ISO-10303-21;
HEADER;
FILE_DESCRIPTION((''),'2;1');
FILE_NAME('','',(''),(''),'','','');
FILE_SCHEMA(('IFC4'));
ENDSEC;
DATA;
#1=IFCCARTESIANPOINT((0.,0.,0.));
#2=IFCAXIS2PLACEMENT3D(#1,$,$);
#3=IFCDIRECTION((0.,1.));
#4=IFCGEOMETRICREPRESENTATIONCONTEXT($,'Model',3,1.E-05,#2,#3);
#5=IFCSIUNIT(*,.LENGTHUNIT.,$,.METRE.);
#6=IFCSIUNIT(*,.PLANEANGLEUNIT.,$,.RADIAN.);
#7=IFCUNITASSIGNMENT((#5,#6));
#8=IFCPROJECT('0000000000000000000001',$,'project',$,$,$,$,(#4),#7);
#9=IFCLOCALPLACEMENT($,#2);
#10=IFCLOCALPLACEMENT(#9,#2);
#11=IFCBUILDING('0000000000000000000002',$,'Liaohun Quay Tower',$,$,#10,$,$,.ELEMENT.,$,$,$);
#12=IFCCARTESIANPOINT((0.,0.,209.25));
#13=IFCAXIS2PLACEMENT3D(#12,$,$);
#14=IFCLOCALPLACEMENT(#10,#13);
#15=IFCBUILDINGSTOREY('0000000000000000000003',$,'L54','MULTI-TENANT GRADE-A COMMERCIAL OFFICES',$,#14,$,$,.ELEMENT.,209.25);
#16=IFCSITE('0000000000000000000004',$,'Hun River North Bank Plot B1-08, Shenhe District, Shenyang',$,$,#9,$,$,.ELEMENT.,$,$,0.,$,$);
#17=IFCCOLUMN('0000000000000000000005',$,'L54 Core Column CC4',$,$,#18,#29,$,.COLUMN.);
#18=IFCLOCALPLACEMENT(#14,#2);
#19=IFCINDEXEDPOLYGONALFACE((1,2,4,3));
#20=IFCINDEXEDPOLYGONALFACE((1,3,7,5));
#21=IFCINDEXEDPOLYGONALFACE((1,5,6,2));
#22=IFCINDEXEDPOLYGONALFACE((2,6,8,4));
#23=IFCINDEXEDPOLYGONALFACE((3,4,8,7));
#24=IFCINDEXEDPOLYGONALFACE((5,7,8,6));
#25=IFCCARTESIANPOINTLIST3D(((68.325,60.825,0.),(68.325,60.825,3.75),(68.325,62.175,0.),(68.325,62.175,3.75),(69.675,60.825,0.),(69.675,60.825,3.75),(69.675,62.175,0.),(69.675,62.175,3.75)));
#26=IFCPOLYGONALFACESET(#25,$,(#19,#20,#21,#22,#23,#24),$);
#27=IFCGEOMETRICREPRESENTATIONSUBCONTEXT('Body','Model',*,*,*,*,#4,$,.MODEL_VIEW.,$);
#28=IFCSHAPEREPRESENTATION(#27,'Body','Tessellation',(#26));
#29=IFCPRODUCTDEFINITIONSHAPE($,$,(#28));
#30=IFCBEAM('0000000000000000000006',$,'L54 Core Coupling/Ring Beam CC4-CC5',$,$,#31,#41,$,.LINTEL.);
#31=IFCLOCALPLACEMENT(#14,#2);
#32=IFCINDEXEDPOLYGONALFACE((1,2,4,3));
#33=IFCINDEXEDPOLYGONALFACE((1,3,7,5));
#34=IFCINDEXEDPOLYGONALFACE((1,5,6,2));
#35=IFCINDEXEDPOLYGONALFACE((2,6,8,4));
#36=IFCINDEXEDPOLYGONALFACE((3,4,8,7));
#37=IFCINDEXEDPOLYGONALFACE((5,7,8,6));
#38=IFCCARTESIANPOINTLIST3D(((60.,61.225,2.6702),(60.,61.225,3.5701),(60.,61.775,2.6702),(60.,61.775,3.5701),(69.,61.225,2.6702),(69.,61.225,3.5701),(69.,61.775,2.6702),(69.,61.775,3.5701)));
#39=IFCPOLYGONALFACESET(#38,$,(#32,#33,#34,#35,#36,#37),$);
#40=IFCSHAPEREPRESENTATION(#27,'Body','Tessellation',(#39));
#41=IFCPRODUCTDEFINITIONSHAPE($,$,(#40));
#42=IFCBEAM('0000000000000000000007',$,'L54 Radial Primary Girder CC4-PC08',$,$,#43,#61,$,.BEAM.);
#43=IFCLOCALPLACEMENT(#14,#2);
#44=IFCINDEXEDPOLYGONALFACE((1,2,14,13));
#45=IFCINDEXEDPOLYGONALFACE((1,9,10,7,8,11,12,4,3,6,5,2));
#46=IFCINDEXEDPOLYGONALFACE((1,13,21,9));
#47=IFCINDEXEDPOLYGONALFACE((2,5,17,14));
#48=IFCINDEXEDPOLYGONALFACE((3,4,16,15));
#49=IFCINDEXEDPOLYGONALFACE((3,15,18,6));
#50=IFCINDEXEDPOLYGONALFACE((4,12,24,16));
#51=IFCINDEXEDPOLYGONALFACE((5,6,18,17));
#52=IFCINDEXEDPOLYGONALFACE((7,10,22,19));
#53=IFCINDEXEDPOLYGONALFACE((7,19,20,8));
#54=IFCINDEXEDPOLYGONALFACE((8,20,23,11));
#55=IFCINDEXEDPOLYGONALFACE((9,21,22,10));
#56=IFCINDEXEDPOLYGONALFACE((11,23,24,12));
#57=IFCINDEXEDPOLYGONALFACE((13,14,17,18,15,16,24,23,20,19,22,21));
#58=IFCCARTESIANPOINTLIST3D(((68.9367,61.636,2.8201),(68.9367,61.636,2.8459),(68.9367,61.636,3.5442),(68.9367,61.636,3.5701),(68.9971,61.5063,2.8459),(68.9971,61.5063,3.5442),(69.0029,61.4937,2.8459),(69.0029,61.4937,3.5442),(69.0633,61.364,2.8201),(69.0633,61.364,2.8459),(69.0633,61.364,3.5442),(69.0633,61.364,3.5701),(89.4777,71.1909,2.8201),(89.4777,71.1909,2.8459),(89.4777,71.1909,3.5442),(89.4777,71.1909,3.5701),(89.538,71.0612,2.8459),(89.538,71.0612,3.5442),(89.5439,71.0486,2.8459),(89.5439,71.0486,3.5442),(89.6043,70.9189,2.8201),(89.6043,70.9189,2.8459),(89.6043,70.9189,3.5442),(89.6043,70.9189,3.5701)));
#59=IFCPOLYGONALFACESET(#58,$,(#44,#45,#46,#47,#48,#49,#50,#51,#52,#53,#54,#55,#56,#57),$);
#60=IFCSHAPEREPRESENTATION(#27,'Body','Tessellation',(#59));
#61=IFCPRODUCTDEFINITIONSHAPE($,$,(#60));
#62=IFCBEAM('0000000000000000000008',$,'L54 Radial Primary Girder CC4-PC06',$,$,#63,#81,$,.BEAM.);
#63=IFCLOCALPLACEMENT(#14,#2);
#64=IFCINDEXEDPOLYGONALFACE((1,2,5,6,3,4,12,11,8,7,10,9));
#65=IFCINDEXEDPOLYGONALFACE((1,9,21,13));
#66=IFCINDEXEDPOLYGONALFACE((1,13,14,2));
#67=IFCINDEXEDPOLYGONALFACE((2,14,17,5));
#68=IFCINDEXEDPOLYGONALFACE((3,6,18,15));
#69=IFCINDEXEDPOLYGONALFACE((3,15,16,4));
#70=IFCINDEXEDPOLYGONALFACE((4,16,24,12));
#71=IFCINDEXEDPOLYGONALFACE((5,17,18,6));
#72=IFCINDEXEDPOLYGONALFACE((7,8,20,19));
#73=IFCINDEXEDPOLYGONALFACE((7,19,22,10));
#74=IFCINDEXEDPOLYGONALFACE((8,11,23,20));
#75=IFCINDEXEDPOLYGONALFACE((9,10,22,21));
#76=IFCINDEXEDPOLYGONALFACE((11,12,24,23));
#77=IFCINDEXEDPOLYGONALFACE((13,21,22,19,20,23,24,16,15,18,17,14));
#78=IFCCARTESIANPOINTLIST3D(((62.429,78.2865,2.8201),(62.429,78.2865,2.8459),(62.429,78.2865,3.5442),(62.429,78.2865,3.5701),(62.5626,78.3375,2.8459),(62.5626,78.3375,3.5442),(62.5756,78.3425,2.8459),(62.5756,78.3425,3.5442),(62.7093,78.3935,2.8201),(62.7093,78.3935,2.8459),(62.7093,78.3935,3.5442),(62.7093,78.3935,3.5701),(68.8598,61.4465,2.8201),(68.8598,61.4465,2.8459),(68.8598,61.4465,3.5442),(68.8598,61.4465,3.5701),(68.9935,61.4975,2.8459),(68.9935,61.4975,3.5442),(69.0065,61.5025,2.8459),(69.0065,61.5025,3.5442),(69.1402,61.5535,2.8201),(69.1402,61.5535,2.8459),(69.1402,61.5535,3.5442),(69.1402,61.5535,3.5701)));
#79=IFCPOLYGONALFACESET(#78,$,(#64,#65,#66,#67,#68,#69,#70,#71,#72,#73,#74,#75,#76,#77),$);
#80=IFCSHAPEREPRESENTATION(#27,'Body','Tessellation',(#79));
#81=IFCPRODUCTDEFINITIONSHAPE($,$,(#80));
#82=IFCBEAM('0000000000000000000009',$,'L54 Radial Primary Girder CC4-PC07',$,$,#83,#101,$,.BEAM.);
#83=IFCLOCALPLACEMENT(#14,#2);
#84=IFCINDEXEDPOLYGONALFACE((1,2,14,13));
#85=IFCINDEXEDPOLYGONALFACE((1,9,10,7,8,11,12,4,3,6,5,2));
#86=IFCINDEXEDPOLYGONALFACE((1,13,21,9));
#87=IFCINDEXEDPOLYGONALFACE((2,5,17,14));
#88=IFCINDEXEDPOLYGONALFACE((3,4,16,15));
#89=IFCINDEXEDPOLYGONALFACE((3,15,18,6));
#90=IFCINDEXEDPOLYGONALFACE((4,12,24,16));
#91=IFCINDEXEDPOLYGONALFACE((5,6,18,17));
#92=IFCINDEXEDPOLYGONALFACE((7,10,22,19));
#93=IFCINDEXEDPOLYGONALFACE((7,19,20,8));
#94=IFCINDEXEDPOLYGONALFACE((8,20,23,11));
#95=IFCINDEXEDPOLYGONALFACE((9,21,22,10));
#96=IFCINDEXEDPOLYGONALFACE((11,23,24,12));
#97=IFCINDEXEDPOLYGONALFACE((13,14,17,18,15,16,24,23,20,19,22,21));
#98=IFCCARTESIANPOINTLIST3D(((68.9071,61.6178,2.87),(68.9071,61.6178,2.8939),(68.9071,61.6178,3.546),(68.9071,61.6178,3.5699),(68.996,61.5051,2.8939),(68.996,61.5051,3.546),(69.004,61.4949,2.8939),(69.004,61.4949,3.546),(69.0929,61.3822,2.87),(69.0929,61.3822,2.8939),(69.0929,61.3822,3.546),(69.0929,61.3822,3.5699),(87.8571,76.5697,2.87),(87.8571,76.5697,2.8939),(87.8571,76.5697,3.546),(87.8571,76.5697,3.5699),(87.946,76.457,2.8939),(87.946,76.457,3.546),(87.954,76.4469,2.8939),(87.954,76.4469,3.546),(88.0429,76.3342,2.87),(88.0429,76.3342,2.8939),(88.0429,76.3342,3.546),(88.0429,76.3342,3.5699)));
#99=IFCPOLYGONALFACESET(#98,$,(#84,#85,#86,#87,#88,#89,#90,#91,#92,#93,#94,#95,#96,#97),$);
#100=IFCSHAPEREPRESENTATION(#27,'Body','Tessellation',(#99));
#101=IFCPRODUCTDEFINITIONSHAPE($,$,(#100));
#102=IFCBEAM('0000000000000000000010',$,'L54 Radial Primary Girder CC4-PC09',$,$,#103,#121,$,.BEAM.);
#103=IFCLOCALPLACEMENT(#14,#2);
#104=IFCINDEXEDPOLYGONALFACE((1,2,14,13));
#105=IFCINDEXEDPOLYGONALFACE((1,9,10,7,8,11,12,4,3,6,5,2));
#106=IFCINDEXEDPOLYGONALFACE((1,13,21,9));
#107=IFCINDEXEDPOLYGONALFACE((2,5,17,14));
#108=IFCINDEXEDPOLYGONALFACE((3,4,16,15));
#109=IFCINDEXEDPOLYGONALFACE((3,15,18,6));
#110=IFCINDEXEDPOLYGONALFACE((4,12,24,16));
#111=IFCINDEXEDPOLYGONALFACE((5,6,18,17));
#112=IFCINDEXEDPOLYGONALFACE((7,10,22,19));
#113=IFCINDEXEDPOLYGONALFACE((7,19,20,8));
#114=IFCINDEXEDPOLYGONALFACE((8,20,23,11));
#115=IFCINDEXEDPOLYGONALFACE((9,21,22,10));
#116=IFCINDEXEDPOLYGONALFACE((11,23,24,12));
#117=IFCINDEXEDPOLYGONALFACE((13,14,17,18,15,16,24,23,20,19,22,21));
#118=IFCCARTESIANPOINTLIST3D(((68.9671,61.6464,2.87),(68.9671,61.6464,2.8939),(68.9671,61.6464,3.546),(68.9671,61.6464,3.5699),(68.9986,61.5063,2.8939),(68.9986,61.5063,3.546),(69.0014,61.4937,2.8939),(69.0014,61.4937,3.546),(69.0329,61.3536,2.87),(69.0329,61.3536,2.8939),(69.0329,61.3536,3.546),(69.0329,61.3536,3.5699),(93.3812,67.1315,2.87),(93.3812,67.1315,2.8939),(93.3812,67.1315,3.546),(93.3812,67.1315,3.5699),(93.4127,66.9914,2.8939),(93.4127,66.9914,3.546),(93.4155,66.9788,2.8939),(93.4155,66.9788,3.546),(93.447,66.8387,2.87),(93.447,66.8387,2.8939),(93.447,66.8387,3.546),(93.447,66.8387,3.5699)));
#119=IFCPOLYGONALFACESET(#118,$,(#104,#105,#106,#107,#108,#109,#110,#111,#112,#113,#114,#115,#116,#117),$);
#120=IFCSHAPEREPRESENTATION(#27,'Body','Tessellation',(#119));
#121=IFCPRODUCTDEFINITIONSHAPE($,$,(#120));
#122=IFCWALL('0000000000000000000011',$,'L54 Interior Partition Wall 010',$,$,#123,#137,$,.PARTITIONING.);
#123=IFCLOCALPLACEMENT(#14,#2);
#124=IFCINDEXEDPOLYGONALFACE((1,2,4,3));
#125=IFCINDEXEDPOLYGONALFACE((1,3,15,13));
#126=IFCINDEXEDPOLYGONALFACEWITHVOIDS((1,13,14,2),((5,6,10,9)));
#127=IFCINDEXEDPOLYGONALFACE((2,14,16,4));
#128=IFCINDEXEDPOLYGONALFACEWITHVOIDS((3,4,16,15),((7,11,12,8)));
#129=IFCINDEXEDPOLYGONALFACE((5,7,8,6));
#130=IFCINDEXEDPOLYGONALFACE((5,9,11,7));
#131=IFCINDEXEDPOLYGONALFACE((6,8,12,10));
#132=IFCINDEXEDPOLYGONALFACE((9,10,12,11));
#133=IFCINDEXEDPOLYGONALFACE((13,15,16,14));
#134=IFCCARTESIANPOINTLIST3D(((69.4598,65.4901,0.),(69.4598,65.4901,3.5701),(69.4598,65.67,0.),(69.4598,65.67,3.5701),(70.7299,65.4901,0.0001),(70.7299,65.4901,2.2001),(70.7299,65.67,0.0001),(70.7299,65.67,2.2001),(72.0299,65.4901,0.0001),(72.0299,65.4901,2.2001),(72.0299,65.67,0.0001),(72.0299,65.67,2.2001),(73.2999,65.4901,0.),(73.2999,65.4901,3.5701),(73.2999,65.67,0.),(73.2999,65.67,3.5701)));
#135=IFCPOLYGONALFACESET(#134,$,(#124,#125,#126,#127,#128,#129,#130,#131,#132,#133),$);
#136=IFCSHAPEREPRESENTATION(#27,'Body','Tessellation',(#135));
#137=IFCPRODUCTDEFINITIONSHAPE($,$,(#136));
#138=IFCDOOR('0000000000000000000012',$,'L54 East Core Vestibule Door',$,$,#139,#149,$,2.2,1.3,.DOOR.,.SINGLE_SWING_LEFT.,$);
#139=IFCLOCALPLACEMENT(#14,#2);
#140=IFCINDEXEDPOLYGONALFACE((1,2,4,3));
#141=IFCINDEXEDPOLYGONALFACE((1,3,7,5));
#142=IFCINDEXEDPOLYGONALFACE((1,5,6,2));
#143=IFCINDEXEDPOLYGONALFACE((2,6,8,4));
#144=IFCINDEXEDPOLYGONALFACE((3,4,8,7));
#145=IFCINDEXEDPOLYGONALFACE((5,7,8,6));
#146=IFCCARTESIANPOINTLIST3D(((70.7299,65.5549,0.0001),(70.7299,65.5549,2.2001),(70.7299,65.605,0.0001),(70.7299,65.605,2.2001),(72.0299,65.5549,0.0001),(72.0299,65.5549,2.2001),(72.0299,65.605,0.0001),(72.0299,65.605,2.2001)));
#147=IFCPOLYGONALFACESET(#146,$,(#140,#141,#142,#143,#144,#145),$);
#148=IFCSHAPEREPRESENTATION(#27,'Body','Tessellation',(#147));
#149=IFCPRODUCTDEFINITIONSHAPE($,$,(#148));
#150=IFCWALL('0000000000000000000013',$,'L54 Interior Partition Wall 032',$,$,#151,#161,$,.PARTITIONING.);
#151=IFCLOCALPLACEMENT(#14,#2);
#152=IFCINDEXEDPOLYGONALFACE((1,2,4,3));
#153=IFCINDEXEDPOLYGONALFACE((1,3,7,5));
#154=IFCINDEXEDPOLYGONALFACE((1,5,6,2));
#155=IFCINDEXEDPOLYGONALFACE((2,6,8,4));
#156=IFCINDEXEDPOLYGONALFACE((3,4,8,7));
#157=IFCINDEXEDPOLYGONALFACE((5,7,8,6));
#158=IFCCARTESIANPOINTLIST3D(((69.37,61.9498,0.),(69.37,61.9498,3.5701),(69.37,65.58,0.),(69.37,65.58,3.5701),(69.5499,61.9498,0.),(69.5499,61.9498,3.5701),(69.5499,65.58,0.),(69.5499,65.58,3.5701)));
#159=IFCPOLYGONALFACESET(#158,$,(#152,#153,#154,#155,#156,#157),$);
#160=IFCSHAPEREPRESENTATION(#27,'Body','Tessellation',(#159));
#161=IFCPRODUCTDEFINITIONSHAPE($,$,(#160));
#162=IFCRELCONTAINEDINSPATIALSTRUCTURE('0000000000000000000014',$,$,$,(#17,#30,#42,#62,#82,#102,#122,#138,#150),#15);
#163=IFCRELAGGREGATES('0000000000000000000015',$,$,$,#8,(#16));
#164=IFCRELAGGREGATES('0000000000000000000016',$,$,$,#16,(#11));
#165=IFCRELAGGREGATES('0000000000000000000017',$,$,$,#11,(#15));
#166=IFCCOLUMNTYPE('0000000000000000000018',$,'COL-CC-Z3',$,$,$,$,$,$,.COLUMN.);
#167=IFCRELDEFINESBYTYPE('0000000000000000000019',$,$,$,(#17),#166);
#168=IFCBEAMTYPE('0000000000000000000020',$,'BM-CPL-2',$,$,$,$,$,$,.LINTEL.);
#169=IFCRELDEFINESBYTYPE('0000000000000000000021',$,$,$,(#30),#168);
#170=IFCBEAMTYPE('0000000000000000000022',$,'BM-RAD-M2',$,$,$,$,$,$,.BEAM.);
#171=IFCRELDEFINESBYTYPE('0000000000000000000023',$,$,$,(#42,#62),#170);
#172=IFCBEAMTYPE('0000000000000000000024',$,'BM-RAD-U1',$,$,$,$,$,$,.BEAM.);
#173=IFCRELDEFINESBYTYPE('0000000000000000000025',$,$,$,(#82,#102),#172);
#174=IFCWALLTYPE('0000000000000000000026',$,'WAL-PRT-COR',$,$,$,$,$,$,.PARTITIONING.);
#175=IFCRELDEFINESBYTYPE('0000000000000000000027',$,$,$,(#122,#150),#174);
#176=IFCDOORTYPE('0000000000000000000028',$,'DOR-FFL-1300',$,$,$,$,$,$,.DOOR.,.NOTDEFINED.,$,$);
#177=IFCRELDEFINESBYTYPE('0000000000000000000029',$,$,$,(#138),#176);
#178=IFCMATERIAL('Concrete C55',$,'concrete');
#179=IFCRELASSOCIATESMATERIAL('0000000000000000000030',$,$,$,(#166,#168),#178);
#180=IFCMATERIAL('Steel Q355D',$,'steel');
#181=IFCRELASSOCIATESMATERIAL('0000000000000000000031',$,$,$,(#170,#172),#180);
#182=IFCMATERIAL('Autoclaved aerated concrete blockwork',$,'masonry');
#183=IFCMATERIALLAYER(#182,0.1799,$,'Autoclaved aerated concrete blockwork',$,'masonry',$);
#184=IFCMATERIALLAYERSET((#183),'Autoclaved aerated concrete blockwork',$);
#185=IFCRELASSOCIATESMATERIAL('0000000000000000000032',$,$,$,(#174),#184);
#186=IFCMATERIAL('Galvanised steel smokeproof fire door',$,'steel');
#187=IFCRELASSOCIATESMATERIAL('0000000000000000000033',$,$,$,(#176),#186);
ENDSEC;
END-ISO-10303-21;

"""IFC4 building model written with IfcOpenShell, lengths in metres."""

from ifc_helpers import new_model, si_unit, direction, frame, frame_2d, origin, origin_2d, place, context, subcontext, project, spatial, rectangle, i_section, extrude, source, transform, mapped, material, layer, layer_set, material_profile, profile_set, type_object, element, fill, save


model = new_model("IFC4")

# Units and contexts
model_context = context("Model", 3, precision=1e-05, world=origin(), true_north=direction((0.0, 1.0)))
body_context = subcontext(model_context, "Body", "Model", "MODEL_VIEW")
ifc_project = project(units=[si_unit("LENGTHUNIT", "METRE"), si_unit("PLANEANGLEUNIT", "RADIAN")], contexts=[model_context])

# Site, building, storey
site_placement = place(None, origin())
site = spatial("IfcSite", under=ifc_project, at=site_placement, Name="Hun River North Bank Plot B1-08, Shenhe District, Shenyang", CompositionType="ELEMENT", RefElevation=0.0)
building_placement = place(site_placement, origin())
building = spatial("IfcBuilding", under=site, at=building_placement, Name="Liaohun Quay Tower", CompositionType="ELEMENT")
storey_placement = place(building_placement, frame((0.0, 0.0, 209.25)))
storey = spatial("IfcBuildingStorey", under=building, at=storey_placement, Name="L54", Description="MULTI-TENANT GRADE-A COMMERCIAL OFFICES", CompositionType="ELEMENT", Elevation=209.25)

# Column
ifc_material_1 = material(Name="Concrete C55", Category="concrete")
ifc_material_profile_1 = material_profile(ifc_material_1, rectangle(XDim=1.3501, YDim=1.3501, at=origin_2d()), Name="RC1350x1350")
ifc_profile_set_1 = profile_set([ifc_material_profile_1], Name="Concrete C55")
column_type = type_object("IfcColumnType", Name="COL-CC-Z3", PredefinedType="COLUMN", material=ifc_profile_set_1)
shared_shape_1 = source(origin(), body_context, "Body", "SweptSolid", [
    extrude(rectangle(XDim=1.3501, YDim=1.3501, at=origin_2d()), origin(), (0.0, 0.0, 1.0), 3.75),
])
column_placement = place(storey_placement, frame((69.0, 61.5, 0.0), z_axis=(0.0, 0.0, 1.0), x_axis=(1.0, 0.0, 0.0)))
element("IfcColumn", 1, at=column_placement, inside=storey, type_object=column_type, Name="L54 Core Column CC4", PredefinedType="COLUMN", context=body_context, shape_type="MappedRepresentation", body=[
    mapped(shared_shape_1, transform((0.0, 0.0, 0.0), x_axis=(1.0, 0.0, 0.0), y_axis=(0.0, 1.0, 0.0), z_axis=(0.0, 0.0, 1.0), scale=1.0)),
])

# Beams
ifc_material_profile_2 = material_profile(ifc_material_1, rectangle(XDim=0.55, YDim=0.8999, at=origin_2d()), Name="RC550x900")
ifc_profile_set_2 = profile_set([ifc_material_profile_2], Name="Concrete C55")
beam_type_1 = type_object("IfcBeamType", Name="BM-CPL-2", PredefinedType="LINTEL", material=ifc_profile_set_2)
shared_shape_2 = source(origin(), body_context, "Body", "SweptSolid", [
    extrude(rectangle(XDim=0.55, YDim=0.8999, at=origin_2d()), origin(), (0.0, 0.0, 1.0), 9.0),
])
beam_1_placement = place(storey_placement, frame((69.0, 61.5, 3.1201), z_axis=(-1.0, 0.0, 0.0), x_axis=(0.0, -1.0, 0.0)))
element("IfcBeam", 2, at=beam_1_placement, inside=storey, type_object=beam_type_1, Name="L54 Core Coupling/Ring Beam CC4-CC5", PredefinedType="LINTEL", context=body_context, shape_type="MappedRepresentation", body=[
    mapped(shared_shape_2, transform((0.0, 0.0, 0.0), x_axis=(1.0, 0.0, 0.0), y_axis=(0.0, 1.0, 0.0), z_axis=(0.0, 0.0, 1.0), scale=1.0)),
])
ifc_material_2 = material(Name="Steel Q355D", Category="steel")
ifc_material_profile_3 = material_profile(ifc_material_2, i_section(OverallWidth=0.3, OverallDepth=0.75, WebThickness=0.0139, FlangeThickness=0.0259, at=origin_2d()), Name="HN750x300x14x26")
ifc_profile_set_3 = profile_set([ifc_material_profile_3], Name="Steel Q355D")
beam_type_2 = type_object("IfcBeamType", Name="BM-RAD-M2", PredefinedType="BEAM", material=ifc_profile_set_3)
shared_shape_3 = source(origin(), body_context, "Body", "SweptSolid", [
    extrude(i_section(OverallWidth=0.3, OverallDepth=0.75, WebThickness=0.0139, FlangeThickness=0.0259, at=origin_2d()), origin(), (0.0, 0.0, 1.0), 22.6545),
])
beam_2_placement = place(storey_placement, frame((69.0, 61.5, 3.1951), z_axis=(0.906705, 0.421766, 0.0), x_axis=(-0.421766, 0.906705, 0.0)))
element("IfcBeam", 3, at=beam_2_placement, inside=storey, type_object=beam_type_2, Name="L54 Radial Primary Girder CC4-PC08", PredefinedType="BEAM", context=body_context, shape_type="MappedRepresentation", body=[
    mapped(shared_shape_3, transform((0.0, 0.0, 0.0), x_axis=(1.0, 0.0, 0.0), y_axis=(0.0, 1.0, 0.0), z_axis=(0.0, 0.0, 1.0), scale=1.0)),
])
shared_shape_4 = source(origin(), body_context, "Body", "SweptSolid", [
    extrude(i_section(OverallWidth=0.3, OverallDepth=0.75, WebThickness=0.0139, FlangeThickness=0.0259, at=origin_2d()), origin(), (0.0, 0.0, 1.0), 18.0261),
])
beam_3_placement = place(storey_placement, frame((69.0, 61.5, 3.1951), z_axis=(-0.356753, 0.934199, 0.0), x_axis=(-0.934199, -0.356753, 0.0)))
element("IfcBeam", 4, at=beam_3_placement, inside=storey, type_object=beam_type_2, Name="L54 Radial Primary Girder CC4-PC06", PredefinedType="BEAM", context=body_context, shape_type="MappedRepresentation", body=[
    mapped(shared_shape_4, transform((0.0, 0.0, 0.0), x_axis=(1.0, 0.0, 0.0), y_axis=(0.0, 1.0, 0.0), z_axis=(0.0, 0.0, 1.0), scale=1.0)),
])
ifc_material_profile_4 = material_profile(ifc_material_2, i_section(OverallWidth=0.3, OverallDepth=0.7, WebThickness=0.0129, FlangeThickness=0.0239, at=origin_2d()), Name="HN700x300x13x24")
ifc_profile_set_4 = profile_set([ifc_material_profile_4], Name="Steel Q355D")
beam_type_3 = type_object("IfcBeamType", Name="BM-RAD-U1", PredefinedType="BEAM", material=ifc_profile_set_4)
shared_shape_5 = source(origin(), body_context, "Body", "SweptSolid", [
    extrude(i_section(OverallWidth=0.3, OverallDepth=0.7, WebThickness=0.0129, FlangeThickness=0.0239, at=origin_2d()), origin(), (0.0, 0.0, 1.0), 24.1384),
])
beam_4_placement = place(storey_placement, frame((69.0, 61.5, 3.22), z_axis=(0.785056, 0.619425, 0.0), x_axis=(-0.619425, 0.785056, 0.0)))
element("IfcBeam", 5, at=beam_4_placement, inside=storey, type_object=beam_type_3, Name="L54 Radial Primary Girder CC4-PC07", PredefinedType="BEAM", context=body_context, shape_type="MappedRepresentation", body=[
    mapped(shared_shape_5, transform((0.0, 0.0, 0.0), x_axis=(1.0, 0.0, 0.0), y_axis=(0.0, 1.0, 0.0), z_axis=(0.0, 0.0, 1.0), scale=1.0)),
])
shared_shape_6 = source(origin(), body_context, "Body", "SweptSolid", [
    extrude(i_section(OverallWidth=0.3, OverallDepth=0.7, WebThickness=0.0129, FlangeThickness=0.0239, at=origin_2d()), origin(), (0.0, 0.0, 1.0), 25.0227),
])
beam_5_placement = place(storey_placement, frame((69.0, 61.5, 3.22), z_axis=(0.975679, 0.219206, 0.0), x_axis=(-0.219206, 0.975679, 0.0)))
element("IfcBeam", 6, at=beam_5_placement, inside=storey, type_object=beam_type_3, Name="L54 Radial Primary Girder CC4-PC09", PredefinedType="BEAM", context=body_context, shape_type="MappedRepresentation", body=[
    mapped(shared_shape_6, transform((0.0, 0.0, 0.0), x_axis=(1.0, 0.0, 0.0), y_axis=(0.0, 1.0, 0.0), z_axis=(0.0, 0.0, 1.0), scale=1.0)),
])

# Wall, opening, door
ifc_material_3 = material(Name="Autoclaved aerated concrete blockwork", Category="masonry")
ifc_layer_1 = layer(ifc_material_3, 0.1799, Name="Autoclaved aerated concrete blockwork", Category="masonry")
ifc_layer_set_1 = layer_set([ifc_layer_1], Name="Autoclaved aerated concrete blockwork")
wall_type_1 = type_object("IfcWallType", Name="WAL-PRT-COR", PredefinedType="PARTITIONING", material=ifc_layer_set_1)
wall_1_placement = place(storey_placement, frame((69.46, 65.5801, 0.0), z_axis=(0.0, 0.0, 1.0), x_axis=(1.0, 0.0, 0.0)))
wall_1 = element("IfcWall", 7, at=wall_1_placement, inside=storey, type_object=wall_type_1, Name="L54 Interior Partition Wall 010", PredefinedType="PARTITIONING", context=body_context, shape_type="SweptSolid", body=[
    extrude(rectangle(XDim=3.8401, YDim=0.1799, at=frame_2d((1.9199, 0.0))), origin(), (0.0, 0.0, 1.0), 3.5701),
])
shared_shape_7 = source(origin(), body_context, "Body", "SweptSolid", [
    extrude(rectangle(XDim=1.3, YDim=2.2, at=frame_2d((0.6499, 1.1001))), frame((0.0, 0.0999, 0.0), z_axis=(0.0, -1.0, 0.0), x_axis=(1.0, 0.0, 0.0)), (0.0, 0.0, 1.0), 0.2),
])
opening_1_placement = place(wall_1_placement, frame((1.27, 0.0, 0.0)))
opening_1 = element("IfcOpeningElement", 8, at=opening_1_placement, cuts=wall_1, PredefinedType="OPENING", context=body_context, shape_type="MappedRepresentation", body=[
    mapped(shared_shape_7, transform((0.0, 0.0, 0.0), x_axis=(1.0, 0.0, 0.0), y_axis=(0.0, 1.0, 0.0), z_axis=(0.0, 0.0, 1.0), scale=1.0)),
])
ifc_material_4 = material(Name="Galvanised steel smokeproof fire door", Category="steel")
door_type_1 = type_object("IfcDoorType", Name="DOR-FFL-1300", OperationType="NOTDEFINED", PredefinedType="DOOR", material=ifc_material_4)
shared_shape_8 = source(origin(), body_context, "Body", "SweptSolid", [
    extrude(rectangle(XDim=1.3, YDim=2.2, at=frame_2d((0.6499, 1.1001))), frame((0.0, 0.0249, 0.0), z_axis=(0.0, -1.0, 0.0), x_axis=(1.0, 0.0, 0.0)), (0.0, 0.0, 1.0), 0.05),
])
door_1_placement = place(opening_1_placement, origin())
door_1 = element("IfcDoor", 9, at=door_1_placement, inside=storey, type_object=door_type_1, Name="L54 East Core Vestibule Door", OperationType="SINGLE_SWING_LEFT", OverallHeight=2.2, OverallWidth=1.3, PredefinedType="DOOR", context=body_context, shape_type="MappedRepresentation", body=[
    mapped(shared_shape_8, transform((0.0, 0.0, 0.0), x_axis=(1.0, 0.0, 0.0), y_axis=(0.0, 1.0, 0.0), z_axis=(0.0, 0.0, 1.0), scale=1.0)),
])
fill(opening_1, door_1)

# Wall
wall_2_placement = place(storey_placement, frame((69.46, 61.95, 0.0), z_axis=(0.0, 0.0, 1.0), x_axis=(0.0, 1.0, 0.0)))
element("IfcWall", 10, at=wall_2_placement, inside=storey, type_object=wall_type_1, Name="L54 Interior Partition Wall 032", PredefinedType="PARTITIONING", context=body_context, shape_type="SweptSolid", body=[
    extrude(rectangle(XDim=3.6301, YDim=0.1799, at=frame_2d((1.8149, 0.0))), origin(), (0.0, 0.0, 1.0), 3.5701),
])

save(model, "model.ifc")
